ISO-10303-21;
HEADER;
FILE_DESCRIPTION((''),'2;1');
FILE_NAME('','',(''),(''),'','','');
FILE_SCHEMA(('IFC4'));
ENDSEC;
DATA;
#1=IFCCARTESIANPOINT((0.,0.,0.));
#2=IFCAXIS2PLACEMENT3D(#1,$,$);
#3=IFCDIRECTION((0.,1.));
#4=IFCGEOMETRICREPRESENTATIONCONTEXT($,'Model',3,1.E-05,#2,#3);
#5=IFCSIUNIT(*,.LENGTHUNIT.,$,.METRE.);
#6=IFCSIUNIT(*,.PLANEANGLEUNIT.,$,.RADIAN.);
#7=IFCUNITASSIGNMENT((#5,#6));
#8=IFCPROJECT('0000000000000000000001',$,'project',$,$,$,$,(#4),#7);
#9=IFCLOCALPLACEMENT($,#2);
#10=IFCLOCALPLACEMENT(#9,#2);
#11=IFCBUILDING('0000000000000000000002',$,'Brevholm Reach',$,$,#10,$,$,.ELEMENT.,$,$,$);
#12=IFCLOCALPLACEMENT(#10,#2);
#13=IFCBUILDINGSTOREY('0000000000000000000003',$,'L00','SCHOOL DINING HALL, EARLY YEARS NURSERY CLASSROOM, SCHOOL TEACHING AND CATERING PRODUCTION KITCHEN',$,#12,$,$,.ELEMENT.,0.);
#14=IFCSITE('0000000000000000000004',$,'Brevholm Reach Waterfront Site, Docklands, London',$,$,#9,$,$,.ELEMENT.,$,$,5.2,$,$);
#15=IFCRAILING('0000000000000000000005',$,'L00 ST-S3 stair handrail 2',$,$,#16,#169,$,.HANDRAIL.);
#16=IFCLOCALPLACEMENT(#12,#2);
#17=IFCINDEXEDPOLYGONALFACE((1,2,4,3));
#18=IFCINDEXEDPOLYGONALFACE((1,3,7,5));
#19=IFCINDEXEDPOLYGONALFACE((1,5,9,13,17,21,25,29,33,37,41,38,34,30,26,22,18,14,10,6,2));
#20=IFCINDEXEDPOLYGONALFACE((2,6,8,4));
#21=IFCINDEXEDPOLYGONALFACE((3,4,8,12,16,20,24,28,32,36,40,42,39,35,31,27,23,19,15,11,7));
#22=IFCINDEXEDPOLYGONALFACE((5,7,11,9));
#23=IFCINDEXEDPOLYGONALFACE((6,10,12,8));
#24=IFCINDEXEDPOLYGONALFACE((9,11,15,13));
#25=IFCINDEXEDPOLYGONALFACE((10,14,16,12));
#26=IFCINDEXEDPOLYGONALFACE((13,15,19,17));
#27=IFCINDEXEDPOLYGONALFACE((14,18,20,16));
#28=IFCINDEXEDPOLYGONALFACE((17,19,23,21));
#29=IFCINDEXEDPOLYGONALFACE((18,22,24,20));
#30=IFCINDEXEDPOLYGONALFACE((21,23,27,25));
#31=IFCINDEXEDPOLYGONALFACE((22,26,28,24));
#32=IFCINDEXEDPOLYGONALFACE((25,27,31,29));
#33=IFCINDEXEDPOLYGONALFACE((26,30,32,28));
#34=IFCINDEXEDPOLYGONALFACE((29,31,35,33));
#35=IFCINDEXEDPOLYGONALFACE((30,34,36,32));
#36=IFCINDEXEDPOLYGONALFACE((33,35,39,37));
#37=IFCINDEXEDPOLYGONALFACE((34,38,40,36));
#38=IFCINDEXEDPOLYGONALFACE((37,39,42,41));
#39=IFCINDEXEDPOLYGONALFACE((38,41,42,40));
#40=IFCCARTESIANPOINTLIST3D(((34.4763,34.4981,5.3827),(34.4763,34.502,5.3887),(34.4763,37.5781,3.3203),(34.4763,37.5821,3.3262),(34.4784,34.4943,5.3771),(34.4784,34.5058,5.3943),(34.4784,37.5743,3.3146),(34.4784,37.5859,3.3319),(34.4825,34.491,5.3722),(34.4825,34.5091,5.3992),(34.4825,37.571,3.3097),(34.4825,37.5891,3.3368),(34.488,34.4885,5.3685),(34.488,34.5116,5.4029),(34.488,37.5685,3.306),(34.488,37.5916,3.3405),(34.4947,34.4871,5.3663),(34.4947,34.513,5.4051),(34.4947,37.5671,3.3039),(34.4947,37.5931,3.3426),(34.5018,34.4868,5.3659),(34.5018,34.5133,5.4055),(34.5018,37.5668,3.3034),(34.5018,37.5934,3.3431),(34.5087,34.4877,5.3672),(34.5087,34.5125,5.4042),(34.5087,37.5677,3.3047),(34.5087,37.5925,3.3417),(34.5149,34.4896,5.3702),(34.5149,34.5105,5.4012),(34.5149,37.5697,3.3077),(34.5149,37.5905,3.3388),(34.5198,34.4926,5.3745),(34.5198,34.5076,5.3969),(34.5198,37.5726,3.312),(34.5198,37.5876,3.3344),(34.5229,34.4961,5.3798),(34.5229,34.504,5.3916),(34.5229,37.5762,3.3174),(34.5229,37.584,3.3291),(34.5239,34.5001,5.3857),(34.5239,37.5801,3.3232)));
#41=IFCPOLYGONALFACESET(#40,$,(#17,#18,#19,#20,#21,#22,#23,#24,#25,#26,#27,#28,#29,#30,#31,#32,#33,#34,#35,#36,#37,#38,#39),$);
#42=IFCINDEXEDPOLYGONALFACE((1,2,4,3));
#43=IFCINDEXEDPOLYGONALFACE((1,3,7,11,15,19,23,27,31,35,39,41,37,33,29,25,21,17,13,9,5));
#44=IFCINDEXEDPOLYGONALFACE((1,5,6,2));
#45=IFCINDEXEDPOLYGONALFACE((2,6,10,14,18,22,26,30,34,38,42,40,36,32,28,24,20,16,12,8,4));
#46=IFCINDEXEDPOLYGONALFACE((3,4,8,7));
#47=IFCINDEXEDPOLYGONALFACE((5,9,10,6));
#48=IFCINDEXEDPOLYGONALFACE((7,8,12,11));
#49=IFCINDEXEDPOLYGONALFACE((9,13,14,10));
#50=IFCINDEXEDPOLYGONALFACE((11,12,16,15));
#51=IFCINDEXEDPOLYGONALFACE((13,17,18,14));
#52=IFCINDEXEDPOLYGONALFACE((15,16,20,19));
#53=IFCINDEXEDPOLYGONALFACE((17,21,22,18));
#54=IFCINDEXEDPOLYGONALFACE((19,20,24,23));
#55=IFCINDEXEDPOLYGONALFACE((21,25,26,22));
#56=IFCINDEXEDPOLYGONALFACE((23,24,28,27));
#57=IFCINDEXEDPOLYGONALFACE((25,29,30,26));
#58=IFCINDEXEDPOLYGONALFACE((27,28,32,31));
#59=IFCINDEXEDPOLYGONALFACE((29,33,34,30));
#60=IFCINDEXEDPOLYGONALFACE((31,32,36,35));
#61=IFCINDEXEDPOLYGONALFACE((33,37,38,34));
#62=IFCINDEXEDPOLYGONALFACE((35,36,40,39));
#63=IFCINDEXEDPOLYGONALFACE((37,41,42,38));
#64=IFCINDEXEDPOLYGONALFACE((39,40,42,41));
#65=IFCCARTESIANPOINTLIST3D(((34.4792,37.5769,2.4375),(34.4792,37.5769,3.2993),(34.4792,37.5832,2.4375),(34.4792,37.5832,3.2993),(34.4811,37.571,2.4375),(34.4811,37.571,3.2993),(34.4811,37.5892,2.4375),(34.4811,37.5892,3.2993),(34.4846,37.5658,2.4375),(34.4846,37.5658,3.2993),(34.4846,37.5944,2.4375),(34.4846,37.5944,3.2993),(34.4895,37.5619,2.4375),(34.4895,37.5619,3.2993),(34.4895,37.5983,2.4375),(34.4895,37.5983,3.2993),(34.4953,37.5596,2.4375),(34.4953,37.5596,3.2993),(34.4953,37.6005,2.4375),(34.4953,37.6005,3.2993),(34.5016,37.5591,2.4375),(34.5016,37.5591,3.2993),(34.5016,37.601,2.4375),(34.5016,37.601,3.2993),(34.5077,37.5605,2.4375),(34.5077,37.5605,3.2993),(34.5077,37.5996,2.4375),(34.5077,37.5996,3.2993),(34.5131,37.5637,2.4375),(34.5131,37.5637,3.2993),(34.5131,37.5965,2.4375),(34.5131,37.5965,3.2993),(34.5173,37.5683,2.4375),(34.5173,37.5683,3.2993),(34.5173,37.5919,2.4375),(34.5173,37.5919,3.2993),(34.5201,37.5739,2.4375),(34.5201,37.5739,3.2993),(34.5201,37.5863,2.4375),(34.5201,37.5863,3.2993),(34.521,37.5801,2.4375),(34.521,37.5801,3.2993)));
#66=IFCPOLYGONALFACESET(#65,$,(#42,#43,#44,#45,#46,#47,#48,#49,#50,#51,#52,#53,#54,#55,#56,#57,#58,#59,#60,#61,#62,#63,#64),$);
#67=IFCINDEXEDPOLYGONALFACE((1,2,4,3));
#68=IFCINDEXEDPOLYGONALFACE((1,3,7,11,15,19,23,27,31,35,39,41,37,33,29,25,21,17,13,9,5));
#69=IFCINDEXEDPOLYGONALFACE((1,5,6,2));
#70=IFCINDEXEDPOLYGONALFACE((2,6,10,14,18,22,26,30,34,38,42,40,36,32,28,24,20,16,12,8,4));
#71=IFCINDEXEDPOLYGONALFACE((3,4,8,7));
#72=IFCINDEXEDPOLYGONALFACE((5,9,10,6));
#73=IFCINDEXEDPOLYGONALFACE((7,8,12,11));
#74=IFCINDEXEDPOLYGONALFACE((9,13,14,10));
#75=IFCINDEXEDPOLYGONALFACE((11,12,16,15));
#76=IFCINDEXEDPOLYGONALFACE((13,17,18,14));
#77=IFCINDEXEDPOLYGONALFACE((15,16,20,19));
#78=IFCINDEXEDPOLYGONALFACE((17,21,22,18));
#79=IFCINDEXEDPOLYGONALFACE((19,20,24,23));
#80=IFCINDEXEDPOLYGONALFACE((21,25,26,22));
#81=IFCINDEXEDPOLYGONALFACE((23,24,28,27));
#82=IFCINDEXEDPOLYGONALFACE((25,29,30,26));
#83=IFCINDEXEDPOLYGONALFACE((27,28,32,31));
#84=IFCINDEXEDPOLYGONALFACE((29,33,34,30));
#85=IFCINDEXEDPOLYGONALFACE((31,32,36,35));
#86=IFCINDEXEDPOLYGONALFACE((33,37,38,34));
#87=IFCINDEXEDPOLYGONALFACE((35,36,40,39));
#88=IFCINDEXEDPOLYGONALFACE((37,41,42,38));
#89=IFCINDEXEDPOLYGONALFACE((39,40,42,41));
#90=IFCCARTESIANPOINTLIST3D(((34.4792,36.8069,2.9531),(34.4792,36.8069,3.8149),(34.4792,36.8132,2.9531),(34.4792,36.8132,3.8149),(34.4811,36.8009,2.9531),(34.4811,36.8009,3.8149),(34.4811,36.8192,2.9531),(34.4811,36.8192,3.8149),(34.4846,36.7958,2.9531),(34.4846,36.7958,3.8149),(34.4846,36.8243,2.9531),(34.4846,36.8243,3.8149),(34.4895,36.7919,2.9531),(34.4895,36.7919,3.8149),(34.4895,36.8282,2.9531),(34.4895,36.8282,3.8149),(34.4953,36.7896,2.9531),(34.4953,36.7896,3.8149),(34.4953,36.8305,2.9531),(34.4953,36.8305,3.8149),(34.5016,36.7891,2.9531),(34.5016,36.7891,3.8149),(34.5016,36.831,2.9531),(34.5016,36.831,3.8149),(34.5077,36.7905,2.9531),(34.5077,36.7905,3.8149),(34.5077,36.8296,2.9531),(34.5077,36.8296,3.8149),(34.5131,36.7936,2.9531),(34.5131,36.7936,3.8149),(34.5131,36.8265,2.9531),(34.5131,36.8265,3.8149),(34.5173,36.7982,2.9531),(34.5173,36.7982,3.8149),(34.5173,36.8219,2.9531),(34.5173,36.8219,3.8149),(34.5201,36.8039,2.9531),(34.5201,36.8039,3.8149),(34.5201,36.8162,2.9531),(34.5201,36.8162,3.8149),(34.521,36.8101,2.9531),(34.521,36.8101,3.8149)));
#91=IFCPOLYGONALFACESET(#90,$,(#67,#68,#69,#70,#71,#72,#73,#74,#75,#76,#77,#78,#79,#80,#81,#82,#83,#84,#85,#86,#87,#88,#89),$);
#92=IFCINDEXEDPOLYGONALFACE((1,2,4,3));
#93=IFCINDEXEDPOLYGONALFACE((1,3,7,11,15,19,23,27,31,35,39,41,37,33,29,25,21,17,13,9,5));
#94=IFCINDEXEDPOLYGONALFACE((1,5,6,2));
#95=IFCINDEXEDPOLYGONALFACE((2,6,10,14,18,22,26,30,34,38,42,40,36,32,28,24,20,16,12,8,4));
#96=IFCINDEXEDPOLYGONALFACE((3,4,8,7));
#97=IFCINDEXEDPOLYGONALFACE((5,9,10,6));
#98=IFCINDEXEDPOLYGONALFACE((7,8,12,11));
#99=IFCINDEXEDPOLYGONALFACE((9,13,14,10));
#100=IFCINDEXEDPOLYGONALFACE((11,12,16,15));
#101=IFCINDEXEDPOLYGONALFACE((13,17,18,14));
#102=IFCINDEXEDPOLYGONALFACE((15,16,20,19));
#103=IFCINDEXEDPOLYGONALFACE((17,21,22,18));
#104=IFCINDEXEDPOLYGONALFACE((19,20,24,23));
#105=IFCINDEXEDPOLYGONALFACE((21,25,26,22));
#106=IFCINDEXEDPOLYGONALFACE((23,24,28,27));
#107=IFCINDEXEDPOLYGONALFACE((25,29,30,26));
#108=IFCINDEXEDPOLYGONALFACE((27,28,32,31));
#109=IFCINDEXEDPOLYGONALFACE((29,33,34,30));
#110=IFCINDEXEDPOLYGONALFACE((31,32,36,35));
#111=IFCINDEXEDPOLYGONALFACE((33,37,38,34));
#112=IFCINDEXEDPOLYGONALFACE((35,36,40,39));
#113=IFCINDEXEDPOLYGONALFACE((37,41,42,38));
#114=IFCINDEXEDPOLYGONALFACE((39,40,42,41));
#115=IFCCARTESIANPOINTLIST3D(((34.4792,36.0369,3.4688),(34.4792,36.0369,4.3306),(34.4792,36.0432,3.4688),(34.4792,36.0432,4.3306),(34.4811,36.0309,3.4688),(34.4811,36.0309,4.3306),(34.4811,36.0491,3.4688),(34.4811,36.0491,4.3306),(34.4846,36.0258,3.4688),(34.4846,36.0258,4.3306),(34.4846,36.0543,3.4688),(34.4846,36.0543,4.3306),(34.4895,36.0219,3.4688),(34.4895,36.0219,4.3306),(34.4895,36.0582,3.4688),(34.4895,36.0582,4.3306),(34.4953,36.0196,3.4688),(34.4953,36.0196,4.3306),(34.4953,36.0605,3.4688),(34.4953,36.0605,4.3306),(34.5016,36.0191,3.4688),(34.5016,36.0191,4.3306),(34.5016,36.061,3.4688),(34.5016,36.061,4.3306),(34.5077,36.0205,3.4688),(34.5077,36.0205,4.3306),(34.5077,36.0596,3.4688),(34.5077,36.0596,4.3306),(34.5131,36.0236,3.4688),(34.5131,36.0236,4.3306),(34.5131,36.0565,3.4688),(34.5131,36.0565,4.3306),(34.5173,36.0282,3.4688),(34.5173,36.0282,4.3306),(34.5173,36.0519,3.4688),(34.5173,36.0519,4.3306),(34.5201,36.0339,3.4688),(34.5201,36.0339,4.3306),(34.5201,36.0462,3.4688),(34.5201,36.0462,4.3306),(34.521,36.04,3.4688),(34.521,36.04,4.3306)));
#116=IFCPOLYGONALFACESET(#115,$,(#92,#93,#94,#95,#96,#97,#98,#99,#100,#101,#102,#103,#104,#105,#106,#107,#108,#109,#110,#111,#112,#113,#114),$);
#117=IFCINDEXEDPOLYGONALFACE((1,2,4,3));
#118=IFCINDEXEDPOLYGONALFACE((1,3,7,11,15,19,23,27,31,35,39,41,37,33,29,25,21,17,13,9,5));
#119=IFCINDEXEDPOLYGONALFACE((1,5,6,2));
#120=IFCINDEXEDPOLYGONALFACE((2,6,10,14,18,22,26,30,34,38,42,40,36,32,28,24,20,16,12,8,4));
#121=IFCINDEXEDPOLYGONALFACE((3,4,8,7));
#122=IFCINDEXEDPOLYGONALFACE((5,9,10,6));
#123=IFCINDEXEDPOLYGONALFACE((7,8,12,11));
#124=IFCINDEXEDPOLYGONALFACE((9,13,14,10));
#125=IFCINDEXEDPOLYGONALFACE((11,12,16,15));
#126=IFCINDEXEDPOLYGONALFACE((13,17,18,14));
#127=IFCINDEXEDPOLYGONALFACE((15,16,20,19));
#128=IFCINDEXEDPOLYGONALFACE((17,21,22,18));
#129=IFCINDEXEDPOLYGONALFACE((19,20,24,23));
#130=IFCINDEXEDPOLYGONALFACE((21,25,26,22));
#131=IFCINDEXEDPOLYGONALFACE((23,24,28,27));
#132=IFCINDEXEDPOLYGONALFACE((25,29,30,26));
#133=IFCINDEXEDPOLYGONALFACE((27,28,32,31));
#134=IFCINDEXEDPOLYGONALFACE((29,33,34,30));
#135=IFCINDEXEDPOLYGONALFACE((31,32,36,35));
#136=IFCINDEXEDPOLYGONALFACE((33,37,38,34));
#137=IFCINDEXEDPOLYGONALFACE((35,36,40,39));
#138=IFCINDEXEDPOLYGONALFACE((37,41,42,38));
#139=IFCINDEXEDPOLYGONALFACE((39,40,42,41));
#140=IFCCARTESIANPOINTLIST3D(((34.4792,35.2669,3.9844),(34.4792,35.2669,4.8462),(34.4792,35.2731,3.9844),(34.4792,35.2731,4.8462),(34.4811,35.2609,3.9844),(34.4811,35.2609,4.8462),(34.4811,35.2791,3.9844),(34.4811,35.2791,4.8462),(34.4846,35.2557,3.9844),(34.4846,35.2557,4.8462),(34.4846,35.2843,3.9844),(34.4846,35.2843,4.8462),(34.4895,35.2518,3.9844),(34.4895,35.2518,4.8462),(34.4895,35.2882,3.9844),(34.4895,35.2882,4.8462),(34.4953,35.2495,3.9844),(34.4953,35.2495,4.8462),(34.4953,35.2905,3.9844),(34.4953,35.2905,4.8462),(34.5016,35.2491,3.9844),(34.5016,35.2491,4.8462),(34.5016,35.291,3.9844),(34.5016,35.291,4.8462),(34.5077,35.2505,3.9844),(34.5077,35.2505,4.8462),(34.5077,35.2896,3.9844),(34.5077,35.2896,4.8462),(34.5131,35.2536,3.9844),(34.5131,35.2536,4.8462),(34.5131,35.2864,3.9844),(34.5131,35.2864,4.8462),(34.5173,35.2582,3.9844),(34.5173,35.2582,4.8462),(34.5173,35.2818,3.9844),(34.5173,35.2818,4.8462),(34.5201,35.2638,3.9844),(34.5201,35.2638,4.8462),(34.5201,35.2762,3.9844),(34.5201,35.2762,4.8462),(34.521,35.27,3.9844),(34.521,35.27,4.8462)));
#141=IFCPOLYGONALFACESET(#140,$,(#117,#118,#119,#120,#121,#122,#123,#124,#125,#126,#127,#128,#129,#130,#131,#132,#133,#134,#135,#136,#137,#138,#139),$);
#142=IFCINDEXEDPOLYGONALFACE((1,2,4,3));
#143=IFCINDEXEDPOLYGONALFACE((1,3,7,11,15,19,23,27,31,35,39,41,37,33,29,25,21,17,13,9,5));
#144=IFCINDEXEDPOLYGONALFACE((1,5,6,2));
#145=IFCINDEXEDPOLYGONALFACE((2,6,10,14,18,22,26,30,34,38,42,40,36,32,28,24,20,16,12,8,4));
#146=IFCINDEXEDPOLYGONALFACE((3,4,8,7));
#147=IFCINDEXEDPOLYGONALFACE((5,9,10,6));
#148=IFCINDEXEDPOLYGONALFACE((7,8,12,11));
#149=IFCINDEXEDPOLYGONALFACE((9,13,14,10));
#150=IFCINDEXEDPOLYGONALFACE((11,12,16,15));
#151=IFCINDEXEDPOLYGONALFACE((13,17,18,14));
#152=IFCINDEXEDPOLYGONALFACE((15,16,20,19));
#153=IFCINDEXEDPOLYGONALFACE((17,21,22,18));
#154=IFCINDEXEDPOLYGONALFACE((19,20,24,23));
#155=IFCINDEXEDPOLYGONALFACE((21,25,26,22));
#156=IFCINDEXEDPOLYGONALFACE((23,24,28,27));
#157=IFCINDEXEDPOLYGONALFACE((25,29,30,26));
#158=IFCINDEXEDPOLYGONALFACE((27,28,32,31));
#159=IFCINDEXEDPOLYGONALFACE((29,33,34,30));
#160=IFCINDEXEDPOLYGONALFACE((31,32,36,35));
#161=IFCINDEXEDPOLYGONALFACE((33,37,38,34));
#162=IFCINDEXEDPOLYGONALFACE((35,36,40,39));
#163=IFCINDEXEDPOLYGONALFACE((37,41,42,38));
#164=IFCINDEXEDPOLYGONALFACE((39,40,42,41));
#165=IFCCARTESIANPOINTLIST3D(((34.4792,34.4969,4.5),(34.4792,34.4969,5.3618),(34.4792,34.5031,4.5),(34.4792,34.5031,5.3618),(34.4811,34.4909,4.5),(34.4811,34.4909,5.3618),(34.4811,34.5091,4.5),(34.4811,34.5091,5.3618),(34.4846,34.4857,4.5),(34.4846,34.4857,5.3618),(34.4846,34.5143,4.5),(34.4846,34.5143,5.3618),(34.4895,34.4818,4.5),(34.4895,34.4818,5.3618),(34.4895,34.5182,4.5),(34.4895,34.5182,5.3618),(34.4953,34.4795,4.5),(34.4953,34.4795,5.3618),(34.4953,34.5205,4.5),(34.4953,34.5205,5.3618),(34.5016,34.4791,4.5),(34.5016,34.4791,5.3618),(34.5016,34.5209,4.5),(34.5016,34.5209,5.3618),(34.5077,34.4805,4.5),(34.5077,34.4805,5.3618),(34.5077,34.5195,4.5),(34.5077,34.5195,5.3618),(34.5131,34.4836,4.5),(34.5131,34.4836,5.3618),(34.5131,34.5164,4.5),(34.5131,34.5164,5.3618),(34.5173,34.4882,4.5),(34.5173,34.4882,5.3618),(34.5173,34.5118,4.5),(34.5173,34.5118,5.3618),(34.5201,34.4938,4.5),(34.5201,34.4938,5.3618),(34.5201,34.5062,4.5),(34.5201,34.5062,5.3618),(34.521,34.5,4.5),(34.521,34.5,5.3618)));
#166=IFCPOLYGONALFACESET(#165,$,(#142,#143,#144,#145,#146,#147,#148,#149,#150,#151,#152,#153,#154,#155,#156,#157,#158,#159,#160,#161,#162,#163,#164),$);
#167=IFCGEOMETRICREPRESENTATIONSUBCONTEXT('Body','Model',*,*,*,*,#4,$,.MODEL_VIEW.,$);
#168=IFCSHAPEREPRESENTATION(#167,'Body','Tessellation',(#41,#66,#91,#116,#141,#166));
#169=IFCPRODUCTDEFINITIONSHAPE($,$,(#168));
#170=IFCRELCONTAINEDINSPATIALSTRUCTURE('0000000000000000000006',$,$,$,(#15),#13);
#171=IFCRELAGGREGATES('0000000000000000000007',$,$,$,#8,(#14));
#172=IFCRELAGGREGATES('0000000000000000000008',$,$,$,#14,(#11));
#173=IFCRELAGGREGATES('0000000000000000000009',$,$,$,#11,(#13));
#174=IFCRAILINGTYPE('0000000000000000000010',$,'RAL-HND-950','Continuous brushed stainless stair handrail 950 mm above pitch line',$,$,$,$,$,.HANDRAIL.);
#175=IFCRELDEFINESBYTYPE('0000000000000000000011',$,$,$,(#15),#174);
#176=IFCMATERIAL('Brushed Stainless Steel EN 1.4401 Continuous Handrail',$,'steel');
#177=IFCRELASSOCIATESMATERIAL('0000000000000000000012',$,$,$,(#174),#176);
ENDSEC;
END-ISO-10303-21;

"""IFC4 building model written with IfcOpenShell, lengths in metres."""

from ifc_helpers import new_model, si_unit, direction, frame, origin, origin_2d, place, context, subcontext, project, spatial, circle, extrude, material, type_object, element, save


model = new_model("IFC4")

# Units and contexts
model_context = context("Model", 3, precision=1e-05, world=origin(), true_north=direction((0.0, 1.0)))
body_context = subcontext(model_context, "Body", "Model", "MODEL_VIEW")
ifc_project = project(units=[si_unit("LENGTHUNIT", "METRE"), si_unit("PLANEANGLEUNIT", "RADIAN")], contexts=[model_context])

# Site, building, storey
site_placement = place(None, origin())
site = spatial("IfcSite", under=ifc_project, at=site_placement, Name="Brevholm Reach Waterfront Site, Docklands, London", CompositionType="ELEMENT", RefElevation=5.2)
building_placement = place(site_placement, origin())
building = spatial("IfcBuilding", under=site, at=building_placement, Name="Brevholm Reach", CompositionType="ELEMENT")
storey_placement = place(building_placement, origin())
storey = spatial("IfcBuildingStorey", under=building, at=storey_placement, Name="L00", Description="SCHOOL DINING HALL, EARLY YEARS NURSERY CLASSROOM, SCHOOL TEACHING AND CATERING PRODUCTION KITCHEN", CompositionType="ELEMENT", Elevation=0.0)

# Railing
ifc_material_1 = material(Name="Brushed Stainless Steel EN 1.4401 Continuous Handrail", Category="steel")
railing_type_1 = type_object("IfcRailingType", Name="RAL-HND-950", Description="Continuous brushed stainless stair handrail 950 mm above pitch line", PredefinedType="HANDRAIL", material=ifc_material_1)
railing_1_placement = place(storey_placement, frame((34.5, 37.5801, 2.4375)))
element("IfcRailing", 1, at=railing_1_placement, inside=storey, type_object=railing_type_1, Name="L00 ST-S3 stair handrail 2", PredefinedType="HANDRAIL", context=body_context, shape_type="SweptSolid", body=[
    extrude(circle(Radius=0.0239, at=origin_2d()), frame((0.0, 0.0, 0.8857), z_axis=(0.0, -0.830914, 0.556401), x_axis=(1.0, 0.0, 0.0)), (0.0, 0.0, 1.0), 3.7068),
    extrude(circle(Radius=0.021, at=origin_2d()), origin(), (0.0, 0.0, 1.0), 0.8618),
    extrude(circle(Radius=0.021, at=origin_2d()), frame((0.0, -0.77, 0.5156)), (0.0, 0.0, 1.0), 0.8618),
    extrude(circle(Radius=0.021, at=origin_2d()), frame((0.0, -1.54, 1.0312)), (0.0, 0.0, 1.0), 0.8618),
    extrude(circle(Radius=0.021, at=origin_2d()), frame((0.0, -2.3101, 1.5469)), (0.0, 0.0, 1.0), 0.8618),
    extrude(circle(Radius=0.021, at=origin_2d()), frame((0.0, -3.0801, 2.0625)), (0.0, 0.0, 1.0), 0.8618),
])

save(model, "model.ifc")
